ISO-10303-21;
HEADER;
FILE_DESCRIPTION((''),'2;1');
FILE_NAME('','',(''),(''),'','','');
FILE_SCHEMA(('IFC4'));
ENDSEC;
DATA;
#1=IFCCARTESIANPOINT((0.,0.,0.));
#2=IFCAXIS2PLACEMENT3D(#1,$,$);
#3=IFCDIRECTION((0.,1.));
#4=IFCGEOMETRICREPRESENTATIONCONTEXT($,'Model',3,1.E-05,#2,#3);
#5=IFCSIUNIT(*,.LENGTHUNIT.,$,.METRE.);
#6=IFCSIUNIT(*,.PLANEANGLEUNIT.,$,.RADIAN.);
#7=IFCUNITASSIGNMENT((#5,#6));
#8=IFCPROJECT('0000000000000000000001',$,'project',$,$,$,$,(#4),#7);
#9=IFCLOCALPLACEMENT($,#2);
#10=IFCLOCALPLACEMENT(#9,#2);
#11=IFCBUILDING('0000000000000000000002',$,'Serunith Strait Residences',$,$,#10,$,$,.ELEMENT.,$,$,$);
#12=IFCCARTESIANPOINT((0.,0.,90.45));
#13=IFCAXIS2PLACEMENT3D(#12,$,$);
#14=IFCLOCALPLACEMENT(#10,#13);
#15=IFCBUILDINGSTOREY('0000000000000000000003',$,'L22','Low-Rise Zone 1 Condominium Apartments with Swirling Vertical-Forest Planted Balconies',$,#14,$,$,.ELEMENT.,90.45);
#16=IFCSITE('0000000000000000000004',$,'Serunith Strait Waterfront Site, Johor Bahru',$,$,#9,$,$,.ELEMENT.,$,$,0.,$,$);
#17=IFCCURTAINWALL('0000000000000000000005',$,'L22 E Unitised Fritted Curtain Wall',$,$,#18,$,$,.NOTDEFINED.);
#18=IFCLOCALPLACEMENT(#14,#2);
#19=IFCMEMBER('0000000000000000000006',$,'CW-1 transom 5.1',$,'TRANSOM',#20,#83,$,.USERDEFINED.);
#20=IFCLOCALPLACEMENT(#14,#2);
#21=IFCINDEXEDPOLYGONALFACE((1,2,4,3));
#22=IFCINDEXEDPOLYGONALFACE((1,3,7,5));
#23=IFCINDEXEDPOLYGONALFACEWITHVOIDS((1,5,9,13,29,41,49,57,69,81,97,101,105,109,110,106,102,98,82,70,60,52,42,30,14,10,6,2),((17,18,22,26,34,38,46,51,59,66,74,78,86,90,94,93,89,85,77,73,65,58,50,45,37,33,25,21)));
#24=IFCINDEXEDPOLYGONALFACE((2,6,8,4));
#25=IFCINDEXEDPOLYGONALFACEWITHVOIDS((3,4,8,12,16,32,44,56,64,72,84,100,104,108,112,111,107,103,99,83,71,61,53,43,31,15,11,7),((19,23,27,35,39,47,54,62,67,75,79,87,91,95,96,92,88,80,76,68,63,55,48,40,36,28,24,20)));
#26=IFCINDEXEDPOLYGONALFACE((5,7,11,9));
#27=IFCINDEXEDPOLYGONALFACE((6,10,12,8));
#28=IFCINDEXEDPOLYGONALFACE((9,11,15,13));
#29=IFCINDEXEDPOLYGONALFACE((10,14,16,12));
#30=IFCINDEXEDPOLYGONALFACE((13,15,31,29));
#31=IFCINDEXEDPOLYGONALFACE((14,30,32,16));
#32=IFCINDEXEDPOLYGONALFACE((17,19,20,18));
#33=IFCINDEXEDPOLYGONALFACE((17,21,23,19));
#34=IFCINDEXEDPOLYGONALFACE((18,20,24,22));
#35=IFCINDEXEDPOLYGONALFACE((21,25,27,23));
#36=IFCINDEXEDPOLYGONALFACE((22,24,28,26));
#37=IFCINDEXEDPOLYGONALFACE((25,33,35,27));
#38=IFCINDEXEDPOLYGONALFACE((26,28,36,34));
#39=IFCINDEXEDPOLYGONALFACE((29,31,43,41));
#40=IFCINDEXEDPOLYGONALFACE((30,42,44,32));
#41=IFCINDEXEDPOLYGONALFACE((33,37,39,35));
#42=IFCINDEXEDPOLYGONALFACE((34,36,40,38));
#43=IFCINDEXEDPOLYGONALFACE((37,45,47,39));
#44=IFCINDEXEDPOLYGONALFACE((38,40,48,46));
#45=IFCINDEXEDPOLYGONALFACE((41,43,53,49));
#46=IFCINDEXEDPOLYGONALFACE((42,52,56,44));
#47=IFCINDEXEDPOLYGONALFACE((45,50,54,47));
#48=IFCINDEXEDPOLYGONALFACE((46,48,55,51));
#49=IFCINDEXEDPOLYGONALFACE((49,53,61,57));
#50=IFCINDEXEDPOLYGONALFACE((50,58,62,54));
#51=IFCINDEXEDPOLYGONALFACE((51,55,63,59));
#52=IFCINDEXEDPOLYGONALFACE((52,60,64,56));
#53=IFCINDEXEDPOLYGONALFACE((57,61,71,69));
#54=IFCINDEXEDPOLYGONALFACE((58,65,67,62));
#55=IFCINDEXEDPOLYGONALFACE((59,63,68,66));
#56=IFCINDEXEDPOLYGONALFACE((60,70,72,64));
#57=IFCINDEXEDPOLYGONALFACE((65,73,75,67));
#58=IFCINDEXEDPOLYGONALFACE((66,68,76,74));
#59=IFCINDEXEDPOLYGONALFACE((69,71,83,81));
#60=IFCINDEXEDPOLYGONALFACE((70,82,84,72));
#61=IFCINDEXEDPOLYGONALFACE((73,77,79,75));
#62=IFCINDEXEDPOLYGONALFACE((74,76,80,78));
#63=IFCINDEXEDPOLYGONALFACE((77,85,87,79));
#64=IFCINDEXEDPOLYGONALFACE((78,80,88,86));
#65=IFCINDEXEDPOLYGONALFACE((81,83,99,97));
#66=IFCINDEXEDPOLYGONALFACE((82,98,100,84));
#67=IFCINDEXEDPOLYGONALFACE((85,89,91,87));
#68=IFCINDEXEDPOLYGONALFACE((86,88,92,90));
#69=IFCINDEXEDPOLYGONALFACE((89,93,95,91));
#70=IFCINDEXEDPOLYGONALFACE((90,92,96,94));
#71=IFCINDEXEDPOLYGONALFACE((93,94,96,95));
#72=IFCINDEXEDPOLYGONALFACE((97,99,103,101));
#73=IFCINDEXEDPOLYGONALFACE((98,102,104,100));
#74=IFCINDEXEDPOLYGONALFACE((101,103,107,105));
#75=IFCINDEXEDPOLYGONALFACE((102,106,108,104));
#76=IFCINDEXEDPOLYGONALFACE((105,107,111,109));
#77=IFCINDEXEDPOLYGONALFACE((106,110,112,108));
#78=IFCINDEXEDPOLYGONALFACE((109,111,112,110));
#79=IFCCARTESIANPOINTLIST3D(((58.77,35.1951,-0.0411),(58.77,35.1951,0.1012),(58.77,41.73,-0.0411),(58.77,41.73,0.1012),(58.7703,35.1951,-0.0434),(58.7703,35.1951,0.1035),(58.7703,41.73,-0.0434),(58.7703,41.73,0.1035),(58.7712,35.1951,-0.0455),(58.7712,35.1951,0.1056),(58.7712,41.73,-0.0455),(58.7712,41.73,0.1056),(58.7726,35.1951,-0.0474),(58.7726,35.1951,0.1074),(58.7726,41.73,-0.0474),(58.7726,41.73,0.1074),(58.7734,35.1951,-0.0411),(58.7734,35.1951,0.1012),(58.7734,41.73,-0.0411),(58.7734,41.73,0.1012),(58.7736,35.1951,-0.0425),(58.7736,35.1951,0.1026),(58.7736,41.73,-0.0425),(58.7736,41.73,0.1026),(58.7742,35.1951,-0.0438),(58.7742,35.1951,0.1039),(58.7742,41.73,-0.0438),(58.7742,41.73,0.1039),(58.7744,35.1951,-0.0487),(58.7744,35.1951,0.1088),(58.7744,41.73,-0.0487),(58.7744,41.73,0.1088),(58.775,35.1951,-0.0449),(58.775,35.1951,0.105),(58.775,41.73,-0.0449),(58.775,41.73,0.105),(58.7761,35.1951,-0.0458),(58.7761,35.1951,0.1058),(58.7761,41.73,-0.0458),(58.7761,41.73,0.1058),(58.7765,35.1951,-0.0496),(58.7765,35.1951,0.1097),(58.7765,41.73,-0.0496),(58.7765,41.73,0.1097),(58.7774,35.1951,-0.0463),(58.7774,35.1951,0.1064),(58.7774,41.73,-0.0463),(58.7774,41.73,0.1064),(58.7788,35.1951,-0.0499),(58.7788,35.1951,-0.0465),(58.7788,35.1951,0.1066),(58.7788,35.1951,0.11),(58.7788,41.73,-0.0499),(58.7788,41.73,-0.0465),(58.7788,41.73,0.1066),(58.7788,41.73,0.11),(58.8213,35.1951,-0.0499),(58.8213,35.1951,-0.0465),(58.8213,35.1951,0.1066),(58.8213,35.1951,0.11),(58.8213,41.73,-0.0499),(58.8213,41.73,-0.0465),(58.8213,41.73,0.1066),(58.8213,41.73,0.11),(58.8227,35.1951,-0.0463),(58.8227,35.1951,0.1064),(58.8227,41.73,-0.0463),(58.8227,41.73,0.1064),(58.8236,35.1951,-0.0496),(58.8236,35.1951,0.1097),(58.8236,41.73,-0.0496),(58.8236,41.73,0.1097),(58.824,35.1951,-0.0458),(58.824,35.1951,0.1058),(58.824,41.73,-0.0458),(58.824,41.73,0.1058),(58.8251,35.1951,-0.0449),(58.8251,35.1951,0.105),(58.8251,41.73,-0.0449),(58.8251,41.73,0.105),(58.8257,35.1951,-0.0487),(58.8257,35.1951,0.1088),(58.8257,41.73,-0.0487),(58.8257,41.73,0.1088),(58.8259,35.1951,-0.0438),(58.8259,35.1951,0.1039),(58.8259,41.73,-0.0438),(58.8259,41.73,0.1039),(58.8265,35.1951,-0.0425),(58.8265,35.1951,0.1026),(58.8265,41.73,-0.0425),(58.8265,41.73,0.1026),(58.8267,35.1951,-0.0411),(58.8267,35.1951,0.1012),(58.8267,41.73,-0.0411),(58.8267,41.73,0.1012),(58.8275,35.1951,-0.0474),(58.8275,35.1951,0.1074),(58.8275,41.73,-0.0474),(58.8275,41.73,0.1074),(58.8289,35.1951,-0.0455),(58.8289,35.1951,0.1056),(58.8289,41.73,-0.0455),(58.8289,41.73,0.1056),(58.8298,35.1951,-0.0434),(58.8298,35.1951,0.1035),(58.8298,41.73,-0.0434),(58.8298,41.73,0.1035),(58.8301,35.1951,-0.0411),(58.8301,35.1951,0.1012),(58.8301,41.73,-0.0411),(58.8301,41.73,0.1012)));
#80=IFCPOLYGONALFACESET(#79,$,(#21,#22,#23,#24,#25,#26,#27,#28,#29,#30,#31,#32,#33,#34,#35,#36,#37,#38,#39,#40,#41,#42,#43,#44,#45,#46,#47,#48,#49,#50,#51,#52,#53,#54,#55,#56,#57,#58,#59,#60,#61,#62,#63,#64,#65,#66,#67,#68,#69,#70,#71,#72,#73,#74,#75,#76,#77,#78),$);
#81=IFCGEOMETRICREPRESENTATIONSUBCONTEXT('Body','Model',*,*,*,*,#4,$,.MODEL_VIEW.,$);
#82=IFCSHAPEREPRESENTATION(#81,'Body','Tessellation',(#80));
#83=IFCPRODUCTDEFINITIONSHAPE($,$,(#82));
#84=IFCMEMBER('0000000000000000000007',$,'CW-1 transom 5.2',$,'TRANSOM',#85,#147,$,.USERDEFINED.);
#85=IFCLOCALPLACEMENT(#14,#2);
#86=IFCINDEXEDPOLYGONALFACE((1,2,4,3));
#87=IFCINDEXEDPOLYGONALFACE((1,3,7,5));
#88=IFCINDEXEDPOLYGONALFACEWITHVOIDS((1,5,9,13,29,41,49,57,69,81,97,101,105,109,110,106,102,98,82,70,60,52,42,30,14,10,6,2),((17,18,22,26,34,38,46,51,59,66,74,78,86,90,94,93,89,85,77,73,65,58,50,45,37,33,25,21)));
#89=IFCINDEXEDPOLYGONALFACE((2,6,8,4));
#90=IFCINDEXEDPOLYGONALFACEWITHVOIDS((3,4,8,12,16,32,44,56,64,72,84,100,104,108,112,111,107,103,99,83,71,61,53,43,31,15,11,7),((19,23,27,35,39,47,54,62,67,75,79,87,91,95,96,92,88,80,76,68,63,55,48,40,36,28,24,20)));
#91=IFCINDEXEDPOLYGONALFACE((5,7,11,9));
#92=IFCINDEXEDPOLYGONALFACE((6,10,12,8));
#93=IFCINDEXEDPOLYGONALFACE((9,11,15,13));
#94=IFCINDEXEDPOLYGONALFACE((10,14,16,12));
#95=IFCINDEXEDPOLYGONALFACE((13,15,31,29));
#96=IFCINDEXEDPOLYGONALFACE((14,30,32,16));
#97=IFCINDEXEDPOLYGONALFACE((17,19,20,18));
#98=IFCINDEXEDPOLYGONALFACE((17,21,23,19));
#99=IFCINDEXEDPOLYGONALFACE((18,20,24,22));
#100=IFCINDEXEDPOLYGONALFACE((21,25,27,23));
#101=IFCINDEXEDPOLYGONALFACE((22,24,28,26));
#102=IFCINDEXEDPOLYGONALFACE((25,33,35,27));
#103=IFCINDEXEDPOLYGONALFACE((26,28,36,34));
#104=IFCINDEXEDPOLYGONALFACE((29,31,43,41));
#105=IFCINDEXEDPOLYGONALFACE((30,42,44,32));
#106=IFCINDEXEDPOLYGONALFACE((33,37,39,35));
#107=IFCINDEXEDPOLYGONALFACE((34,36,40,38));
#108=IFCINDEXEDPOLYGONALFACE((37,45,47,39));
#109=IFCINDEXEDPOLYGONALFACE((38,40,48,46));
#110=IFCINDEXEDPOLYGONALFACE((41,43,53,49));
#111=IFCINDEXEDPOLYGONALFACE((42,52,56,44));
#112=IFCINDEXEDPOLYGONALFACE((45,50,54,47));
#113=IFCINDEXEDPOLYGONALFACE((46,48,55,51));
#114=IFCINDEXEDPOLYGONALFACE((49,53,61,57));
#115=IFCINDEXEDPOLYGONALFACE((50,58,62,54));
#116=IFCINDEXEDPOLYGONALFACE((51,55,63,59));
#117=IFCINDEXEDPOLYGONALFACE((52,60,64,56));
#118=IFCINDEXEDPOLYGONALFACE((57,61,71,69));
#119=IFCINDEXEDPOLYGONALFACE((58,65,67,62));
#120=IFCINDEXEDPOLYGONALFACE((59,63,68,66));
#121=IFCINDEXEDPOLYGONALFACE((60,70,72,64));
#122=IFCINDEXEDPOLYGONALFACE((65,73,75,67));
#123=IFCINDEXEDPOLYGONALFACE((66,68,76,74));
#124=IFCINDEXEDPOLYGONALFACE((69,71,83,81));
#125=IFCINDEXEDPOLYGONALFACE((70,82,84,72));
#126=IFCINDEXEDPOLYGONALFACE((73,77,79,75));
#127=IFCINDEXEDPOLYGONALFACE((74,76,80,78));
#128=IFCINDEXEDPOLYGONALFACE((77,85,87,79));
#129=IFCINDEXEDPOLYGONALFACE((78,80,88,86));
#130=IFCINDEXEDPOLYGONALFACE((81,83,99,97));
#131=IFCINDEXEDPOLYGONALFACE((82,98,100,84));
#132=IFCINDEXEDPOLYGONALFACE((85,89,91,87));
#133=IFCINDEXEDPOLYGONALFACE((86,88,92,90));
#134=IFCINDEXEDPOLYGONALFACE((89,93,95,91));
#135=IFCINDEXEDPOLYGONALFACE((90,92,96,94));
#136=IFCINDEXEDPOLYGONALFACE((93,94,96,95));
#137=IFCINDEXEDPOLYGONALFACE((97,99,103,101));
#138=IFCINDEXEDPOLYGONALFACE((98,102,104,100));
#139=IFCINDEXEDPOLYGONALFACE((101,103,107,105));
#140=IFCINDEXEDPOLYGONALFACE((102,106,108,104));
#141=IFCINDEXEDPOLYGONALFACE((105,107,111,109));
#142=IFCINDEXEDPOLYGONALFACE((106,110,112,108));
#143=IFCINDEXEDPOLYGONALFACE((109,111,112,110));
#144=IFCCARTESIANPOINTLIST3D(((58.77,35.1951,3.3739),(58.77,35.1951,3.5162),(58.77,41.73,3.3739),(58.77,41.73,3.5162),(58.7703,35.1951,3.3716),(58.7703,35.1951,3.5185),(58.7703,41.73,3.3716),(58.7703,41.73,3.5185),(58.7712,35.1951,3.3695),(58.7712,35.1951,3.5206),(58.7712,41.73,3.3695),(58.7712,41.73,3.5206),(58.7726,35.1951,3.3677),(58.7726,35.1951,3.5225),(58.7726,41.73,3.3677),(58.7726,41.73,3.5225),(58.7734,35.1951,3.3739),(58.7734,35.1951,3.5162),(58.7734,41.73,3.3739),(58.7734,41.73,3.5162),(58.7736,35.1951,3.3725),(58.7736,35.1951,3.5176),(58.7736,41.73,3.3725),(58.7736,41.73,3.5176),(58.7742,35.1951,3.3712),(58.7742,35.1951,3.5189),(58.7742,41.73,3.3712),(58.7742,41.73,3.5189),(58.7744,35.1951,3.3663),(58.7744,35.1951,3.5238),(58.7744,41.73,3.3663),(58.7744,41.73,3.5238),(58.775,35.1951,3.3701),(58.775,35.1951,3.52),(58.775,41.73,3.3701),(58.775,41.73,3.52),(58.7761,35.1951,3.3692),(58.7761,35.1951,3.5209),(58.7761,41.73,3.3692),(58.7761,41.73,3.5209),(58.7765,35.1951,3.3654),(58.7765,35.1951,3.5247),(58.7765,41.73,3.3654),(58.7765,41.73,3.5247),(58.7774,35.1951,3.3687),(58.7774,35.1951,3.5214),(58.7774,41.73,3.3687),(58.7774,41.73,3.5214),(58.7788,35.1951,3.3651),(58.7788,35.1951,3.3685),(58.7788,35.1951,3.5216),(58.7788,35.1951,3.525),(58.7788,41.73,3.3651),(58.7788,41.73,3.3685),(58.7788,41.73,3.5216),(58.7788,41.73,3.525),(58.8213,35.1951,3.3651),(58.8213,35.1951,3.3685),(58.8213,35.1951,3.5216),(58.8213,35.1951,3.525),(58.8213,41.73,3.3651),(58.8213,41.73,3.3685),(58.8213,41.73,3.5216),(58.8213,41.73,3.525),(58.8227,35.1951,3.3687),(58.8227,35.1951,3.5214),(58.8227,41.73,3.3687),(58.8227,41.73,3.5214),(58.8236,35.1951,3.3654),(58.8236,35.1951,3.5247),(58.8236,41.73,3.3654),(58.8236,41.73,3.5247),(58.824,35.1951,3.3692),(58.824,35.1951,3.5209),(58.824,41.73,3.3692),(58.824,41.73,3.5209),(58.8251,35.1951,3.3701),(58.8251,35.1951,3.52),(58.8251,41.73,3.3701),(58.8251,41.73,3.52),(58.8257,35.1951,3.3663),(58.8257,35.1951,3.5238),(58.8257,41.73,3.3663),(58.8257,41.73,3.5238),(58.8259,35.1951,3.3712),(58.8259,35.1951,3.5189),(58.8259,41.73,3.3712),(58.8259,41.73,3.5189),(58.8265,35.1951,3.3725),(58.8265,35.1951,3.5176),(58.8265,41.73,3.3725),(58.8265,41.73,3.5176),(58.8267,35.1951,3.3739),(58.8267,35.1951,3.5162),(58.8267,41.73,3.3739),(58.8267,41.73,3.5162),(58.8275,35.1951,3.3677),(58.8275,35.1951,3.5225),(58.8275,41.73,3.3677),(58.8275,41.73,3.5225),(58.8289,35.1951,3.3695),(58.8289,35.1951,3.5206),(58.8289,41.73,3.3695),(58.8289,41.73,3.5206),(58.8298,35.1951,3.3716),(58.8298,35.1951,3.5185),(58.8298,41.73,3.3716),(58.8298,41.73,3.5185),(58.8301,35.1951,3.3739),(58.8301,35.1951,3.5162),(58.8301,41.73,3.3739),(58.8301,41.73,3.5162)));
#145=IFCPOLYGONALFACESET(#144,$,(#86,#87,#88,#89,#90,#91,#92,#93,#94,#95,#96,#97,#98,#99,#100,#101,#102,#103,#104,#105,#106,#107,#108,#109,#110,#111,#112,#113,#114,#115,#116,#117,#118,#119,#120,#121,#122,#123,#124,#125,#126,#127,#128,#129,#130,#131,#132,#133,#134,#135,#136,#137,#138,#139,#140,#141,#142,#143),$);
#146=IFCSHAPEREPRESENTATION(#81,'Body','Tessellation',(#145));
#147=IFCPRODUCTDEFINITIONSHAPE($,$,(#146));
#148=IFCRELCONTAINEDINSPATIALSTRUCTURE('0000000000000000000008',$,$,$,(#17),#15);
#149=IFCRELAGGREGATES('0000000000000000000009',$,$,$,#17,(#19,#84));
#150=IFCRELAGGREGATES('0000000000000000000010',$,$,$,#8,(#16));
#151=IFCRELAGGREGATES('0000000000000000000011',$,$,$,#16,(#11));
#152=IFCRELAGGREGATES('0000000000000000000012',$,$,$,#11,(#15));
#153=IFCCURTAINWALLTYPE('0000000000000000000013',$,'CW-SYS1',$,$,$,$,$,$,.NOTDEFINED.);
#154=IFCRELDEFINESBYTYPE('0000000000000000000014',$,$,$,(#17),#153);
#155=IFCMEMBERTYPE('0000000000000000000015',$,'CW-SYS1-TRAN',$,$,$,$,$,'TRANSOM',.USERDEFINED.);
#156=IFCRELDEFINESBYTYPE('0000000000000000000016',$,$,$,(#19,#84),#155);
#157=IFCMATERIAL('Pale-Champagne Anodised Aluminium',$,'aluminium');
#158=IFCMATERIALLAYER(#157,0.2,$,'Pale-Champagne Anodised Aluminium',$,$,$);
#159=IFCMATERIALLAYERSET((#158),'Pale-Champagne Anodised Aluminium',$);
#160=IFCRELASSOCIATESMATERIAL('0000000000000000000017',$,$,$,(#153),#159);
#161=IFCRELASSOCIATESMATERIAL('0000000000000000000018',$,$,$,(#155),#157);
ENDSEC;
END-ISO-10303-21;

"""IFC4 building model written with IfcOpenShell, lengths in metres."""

from ifc_helpers import new_model, si_unit, direction, frame, origin, origin_2d, place, context, subcontext, project, spatial, hollow_rectangle, extrude, source, transform, mapped, material, layer, layer_set, material_profile, profile_set, type_object, element, aggregate, save


model = new_model("IFC4")

# Units and contexts
model_context = context("Model", 3, precision=1e-05, world=origin(), true_north=direction((0.0, 1.0)))
body_context = subcontext(model_context, "Body", "Model", "MODEL_VIEW")
ifc_project = project(units=[si_unit("LENGTHUNIT", "METRE"), si_unit("PLANEANGLEUNIT", "RADIAN")], contexts=[model_context])

# Site, building, storey
site_placement = place(None, origin())
site = spatial("IfcSite", under=ifc_project, at=site_placement, Name="Serunith Strait Waterfront Site, Johor Bahru", CompositionType="ELEMENT", RefElevation=0.0)
building_placement = place(site_placement, origin())
building = spatial("IfcBuilding", under=site, at=building_placement, Name="Serunith Strait Residences", CompositionType="ELEMENT")
storey_placement = place(building_placement, frame((0.0, 0.0, 90.45)))
storey = spatial("IfcBuildingStorey", under=building, at=storey_placement, Name="L22", Description="Low-Rise Zone 1 Condominium Apartments with Swirling Vertical-Forest Planted Balconies", CompositionType="ELEMENT", Elevation=90.45)

# Curtain wall, members
ifc_material_1 = material(Name="Pale-Champagne Anodised Aluminium", Category="aluminium")
ifc_layer_1 = layer(ifc_material_1, 0.2, Name="Pale-Champagne Anodised Aluminium")
ifc_layer_set_1 = layer_set([ifc_layer_1], Name="Pale-Champagne Anodised Aluminium")
curtain_wall_type = type_object("IfcCurtainWallType", Name="CW-SYS1", PredefinedType="NOTDEFINED", material=ifc_layer_set_1)
curtain_wall_placement = place(storey_placement, origin())
curtain_wall = element("IfcCurtainWall", 1, at=curtain_wall_placement, inside=storey, type_object=curtain_wall_type, Name="L22 E Unitised Fritted Curtain Wall", PredefinedType="NOTDEFINED")
ifc_material_profile_1 = material_profile(ifc_material_1, hollow_rectangle(XDim=0.0601, YDim=0.1599, WallThickness=0.0034, InnerFilletRadius=0.0054, OuterFilletRadius=0.0088, at=origin_2d()), Name="ALU 160x60x3.5")
ifc_profile_set_1 = profile_set([ifc_material_profile_1], Name="Pale-Champagne Anodised Aluminium")
member_type_1 = type_object("IfcMemberType", Name="CW-SYS1-TRAN", ElementType="TRANSOM", PredefinedType="USERDEFINED", material=ifc_profile_set_1)
shared_shape_1 = source(origin(), body_context, "Body", "SweptSolid", [
    extrude(hollow_rectangle(XDim=0.0601, YDim=0.1599, WallThickness=0.0034, InnerFilletRadius=0.0054, OuterFilletRadius=0.0088, at=origin_2d()), origin(), (0.0, 0.0, 1.0), 6.5349),
])
member_1_placement = place(storey_placement, frame((58.8, 35.1951, 0.03), z_axis=(0.0, 1.0, 0.0), x_axis=(-1.0, 0.0, 0.0)))
member_1 = element("IfcMember", 2, at=member_1_placement, type_object=member_type_1, Name="CW-1 transom 5.1", ObjectType="TRANSOM", PredefinedType="USERDEFINED", context=body_context, shape_type="MappedRepresentation", body=[
    mapped(shared_shape_1, transform((0.0, 0.0, 0.0), scale=1.0)),
])
member_2_placement = place(storey_placement, frame((58.8, 35.1951, 3.4451), z_axis=(0.0, 1.0, 0.0), x_axis=(-1.0, 0.0, 0.0)))
member_2 = element("IfcMember", 3, at=member_2_placement, type_object=member_type_1, Name="CW-1 transom 5.2", ObjectType="TRANSOM", PredefinedType="USERDEFINED", context=body_context, shape_type="MappedRepresentation", body=[
    mapped(shared_shape_1, transform((0.0, 0.0, 0.0), scale=1.0)),
])
aggregate(curtain_wall, [member_1, member_2])

save(model, "model.ifc")
